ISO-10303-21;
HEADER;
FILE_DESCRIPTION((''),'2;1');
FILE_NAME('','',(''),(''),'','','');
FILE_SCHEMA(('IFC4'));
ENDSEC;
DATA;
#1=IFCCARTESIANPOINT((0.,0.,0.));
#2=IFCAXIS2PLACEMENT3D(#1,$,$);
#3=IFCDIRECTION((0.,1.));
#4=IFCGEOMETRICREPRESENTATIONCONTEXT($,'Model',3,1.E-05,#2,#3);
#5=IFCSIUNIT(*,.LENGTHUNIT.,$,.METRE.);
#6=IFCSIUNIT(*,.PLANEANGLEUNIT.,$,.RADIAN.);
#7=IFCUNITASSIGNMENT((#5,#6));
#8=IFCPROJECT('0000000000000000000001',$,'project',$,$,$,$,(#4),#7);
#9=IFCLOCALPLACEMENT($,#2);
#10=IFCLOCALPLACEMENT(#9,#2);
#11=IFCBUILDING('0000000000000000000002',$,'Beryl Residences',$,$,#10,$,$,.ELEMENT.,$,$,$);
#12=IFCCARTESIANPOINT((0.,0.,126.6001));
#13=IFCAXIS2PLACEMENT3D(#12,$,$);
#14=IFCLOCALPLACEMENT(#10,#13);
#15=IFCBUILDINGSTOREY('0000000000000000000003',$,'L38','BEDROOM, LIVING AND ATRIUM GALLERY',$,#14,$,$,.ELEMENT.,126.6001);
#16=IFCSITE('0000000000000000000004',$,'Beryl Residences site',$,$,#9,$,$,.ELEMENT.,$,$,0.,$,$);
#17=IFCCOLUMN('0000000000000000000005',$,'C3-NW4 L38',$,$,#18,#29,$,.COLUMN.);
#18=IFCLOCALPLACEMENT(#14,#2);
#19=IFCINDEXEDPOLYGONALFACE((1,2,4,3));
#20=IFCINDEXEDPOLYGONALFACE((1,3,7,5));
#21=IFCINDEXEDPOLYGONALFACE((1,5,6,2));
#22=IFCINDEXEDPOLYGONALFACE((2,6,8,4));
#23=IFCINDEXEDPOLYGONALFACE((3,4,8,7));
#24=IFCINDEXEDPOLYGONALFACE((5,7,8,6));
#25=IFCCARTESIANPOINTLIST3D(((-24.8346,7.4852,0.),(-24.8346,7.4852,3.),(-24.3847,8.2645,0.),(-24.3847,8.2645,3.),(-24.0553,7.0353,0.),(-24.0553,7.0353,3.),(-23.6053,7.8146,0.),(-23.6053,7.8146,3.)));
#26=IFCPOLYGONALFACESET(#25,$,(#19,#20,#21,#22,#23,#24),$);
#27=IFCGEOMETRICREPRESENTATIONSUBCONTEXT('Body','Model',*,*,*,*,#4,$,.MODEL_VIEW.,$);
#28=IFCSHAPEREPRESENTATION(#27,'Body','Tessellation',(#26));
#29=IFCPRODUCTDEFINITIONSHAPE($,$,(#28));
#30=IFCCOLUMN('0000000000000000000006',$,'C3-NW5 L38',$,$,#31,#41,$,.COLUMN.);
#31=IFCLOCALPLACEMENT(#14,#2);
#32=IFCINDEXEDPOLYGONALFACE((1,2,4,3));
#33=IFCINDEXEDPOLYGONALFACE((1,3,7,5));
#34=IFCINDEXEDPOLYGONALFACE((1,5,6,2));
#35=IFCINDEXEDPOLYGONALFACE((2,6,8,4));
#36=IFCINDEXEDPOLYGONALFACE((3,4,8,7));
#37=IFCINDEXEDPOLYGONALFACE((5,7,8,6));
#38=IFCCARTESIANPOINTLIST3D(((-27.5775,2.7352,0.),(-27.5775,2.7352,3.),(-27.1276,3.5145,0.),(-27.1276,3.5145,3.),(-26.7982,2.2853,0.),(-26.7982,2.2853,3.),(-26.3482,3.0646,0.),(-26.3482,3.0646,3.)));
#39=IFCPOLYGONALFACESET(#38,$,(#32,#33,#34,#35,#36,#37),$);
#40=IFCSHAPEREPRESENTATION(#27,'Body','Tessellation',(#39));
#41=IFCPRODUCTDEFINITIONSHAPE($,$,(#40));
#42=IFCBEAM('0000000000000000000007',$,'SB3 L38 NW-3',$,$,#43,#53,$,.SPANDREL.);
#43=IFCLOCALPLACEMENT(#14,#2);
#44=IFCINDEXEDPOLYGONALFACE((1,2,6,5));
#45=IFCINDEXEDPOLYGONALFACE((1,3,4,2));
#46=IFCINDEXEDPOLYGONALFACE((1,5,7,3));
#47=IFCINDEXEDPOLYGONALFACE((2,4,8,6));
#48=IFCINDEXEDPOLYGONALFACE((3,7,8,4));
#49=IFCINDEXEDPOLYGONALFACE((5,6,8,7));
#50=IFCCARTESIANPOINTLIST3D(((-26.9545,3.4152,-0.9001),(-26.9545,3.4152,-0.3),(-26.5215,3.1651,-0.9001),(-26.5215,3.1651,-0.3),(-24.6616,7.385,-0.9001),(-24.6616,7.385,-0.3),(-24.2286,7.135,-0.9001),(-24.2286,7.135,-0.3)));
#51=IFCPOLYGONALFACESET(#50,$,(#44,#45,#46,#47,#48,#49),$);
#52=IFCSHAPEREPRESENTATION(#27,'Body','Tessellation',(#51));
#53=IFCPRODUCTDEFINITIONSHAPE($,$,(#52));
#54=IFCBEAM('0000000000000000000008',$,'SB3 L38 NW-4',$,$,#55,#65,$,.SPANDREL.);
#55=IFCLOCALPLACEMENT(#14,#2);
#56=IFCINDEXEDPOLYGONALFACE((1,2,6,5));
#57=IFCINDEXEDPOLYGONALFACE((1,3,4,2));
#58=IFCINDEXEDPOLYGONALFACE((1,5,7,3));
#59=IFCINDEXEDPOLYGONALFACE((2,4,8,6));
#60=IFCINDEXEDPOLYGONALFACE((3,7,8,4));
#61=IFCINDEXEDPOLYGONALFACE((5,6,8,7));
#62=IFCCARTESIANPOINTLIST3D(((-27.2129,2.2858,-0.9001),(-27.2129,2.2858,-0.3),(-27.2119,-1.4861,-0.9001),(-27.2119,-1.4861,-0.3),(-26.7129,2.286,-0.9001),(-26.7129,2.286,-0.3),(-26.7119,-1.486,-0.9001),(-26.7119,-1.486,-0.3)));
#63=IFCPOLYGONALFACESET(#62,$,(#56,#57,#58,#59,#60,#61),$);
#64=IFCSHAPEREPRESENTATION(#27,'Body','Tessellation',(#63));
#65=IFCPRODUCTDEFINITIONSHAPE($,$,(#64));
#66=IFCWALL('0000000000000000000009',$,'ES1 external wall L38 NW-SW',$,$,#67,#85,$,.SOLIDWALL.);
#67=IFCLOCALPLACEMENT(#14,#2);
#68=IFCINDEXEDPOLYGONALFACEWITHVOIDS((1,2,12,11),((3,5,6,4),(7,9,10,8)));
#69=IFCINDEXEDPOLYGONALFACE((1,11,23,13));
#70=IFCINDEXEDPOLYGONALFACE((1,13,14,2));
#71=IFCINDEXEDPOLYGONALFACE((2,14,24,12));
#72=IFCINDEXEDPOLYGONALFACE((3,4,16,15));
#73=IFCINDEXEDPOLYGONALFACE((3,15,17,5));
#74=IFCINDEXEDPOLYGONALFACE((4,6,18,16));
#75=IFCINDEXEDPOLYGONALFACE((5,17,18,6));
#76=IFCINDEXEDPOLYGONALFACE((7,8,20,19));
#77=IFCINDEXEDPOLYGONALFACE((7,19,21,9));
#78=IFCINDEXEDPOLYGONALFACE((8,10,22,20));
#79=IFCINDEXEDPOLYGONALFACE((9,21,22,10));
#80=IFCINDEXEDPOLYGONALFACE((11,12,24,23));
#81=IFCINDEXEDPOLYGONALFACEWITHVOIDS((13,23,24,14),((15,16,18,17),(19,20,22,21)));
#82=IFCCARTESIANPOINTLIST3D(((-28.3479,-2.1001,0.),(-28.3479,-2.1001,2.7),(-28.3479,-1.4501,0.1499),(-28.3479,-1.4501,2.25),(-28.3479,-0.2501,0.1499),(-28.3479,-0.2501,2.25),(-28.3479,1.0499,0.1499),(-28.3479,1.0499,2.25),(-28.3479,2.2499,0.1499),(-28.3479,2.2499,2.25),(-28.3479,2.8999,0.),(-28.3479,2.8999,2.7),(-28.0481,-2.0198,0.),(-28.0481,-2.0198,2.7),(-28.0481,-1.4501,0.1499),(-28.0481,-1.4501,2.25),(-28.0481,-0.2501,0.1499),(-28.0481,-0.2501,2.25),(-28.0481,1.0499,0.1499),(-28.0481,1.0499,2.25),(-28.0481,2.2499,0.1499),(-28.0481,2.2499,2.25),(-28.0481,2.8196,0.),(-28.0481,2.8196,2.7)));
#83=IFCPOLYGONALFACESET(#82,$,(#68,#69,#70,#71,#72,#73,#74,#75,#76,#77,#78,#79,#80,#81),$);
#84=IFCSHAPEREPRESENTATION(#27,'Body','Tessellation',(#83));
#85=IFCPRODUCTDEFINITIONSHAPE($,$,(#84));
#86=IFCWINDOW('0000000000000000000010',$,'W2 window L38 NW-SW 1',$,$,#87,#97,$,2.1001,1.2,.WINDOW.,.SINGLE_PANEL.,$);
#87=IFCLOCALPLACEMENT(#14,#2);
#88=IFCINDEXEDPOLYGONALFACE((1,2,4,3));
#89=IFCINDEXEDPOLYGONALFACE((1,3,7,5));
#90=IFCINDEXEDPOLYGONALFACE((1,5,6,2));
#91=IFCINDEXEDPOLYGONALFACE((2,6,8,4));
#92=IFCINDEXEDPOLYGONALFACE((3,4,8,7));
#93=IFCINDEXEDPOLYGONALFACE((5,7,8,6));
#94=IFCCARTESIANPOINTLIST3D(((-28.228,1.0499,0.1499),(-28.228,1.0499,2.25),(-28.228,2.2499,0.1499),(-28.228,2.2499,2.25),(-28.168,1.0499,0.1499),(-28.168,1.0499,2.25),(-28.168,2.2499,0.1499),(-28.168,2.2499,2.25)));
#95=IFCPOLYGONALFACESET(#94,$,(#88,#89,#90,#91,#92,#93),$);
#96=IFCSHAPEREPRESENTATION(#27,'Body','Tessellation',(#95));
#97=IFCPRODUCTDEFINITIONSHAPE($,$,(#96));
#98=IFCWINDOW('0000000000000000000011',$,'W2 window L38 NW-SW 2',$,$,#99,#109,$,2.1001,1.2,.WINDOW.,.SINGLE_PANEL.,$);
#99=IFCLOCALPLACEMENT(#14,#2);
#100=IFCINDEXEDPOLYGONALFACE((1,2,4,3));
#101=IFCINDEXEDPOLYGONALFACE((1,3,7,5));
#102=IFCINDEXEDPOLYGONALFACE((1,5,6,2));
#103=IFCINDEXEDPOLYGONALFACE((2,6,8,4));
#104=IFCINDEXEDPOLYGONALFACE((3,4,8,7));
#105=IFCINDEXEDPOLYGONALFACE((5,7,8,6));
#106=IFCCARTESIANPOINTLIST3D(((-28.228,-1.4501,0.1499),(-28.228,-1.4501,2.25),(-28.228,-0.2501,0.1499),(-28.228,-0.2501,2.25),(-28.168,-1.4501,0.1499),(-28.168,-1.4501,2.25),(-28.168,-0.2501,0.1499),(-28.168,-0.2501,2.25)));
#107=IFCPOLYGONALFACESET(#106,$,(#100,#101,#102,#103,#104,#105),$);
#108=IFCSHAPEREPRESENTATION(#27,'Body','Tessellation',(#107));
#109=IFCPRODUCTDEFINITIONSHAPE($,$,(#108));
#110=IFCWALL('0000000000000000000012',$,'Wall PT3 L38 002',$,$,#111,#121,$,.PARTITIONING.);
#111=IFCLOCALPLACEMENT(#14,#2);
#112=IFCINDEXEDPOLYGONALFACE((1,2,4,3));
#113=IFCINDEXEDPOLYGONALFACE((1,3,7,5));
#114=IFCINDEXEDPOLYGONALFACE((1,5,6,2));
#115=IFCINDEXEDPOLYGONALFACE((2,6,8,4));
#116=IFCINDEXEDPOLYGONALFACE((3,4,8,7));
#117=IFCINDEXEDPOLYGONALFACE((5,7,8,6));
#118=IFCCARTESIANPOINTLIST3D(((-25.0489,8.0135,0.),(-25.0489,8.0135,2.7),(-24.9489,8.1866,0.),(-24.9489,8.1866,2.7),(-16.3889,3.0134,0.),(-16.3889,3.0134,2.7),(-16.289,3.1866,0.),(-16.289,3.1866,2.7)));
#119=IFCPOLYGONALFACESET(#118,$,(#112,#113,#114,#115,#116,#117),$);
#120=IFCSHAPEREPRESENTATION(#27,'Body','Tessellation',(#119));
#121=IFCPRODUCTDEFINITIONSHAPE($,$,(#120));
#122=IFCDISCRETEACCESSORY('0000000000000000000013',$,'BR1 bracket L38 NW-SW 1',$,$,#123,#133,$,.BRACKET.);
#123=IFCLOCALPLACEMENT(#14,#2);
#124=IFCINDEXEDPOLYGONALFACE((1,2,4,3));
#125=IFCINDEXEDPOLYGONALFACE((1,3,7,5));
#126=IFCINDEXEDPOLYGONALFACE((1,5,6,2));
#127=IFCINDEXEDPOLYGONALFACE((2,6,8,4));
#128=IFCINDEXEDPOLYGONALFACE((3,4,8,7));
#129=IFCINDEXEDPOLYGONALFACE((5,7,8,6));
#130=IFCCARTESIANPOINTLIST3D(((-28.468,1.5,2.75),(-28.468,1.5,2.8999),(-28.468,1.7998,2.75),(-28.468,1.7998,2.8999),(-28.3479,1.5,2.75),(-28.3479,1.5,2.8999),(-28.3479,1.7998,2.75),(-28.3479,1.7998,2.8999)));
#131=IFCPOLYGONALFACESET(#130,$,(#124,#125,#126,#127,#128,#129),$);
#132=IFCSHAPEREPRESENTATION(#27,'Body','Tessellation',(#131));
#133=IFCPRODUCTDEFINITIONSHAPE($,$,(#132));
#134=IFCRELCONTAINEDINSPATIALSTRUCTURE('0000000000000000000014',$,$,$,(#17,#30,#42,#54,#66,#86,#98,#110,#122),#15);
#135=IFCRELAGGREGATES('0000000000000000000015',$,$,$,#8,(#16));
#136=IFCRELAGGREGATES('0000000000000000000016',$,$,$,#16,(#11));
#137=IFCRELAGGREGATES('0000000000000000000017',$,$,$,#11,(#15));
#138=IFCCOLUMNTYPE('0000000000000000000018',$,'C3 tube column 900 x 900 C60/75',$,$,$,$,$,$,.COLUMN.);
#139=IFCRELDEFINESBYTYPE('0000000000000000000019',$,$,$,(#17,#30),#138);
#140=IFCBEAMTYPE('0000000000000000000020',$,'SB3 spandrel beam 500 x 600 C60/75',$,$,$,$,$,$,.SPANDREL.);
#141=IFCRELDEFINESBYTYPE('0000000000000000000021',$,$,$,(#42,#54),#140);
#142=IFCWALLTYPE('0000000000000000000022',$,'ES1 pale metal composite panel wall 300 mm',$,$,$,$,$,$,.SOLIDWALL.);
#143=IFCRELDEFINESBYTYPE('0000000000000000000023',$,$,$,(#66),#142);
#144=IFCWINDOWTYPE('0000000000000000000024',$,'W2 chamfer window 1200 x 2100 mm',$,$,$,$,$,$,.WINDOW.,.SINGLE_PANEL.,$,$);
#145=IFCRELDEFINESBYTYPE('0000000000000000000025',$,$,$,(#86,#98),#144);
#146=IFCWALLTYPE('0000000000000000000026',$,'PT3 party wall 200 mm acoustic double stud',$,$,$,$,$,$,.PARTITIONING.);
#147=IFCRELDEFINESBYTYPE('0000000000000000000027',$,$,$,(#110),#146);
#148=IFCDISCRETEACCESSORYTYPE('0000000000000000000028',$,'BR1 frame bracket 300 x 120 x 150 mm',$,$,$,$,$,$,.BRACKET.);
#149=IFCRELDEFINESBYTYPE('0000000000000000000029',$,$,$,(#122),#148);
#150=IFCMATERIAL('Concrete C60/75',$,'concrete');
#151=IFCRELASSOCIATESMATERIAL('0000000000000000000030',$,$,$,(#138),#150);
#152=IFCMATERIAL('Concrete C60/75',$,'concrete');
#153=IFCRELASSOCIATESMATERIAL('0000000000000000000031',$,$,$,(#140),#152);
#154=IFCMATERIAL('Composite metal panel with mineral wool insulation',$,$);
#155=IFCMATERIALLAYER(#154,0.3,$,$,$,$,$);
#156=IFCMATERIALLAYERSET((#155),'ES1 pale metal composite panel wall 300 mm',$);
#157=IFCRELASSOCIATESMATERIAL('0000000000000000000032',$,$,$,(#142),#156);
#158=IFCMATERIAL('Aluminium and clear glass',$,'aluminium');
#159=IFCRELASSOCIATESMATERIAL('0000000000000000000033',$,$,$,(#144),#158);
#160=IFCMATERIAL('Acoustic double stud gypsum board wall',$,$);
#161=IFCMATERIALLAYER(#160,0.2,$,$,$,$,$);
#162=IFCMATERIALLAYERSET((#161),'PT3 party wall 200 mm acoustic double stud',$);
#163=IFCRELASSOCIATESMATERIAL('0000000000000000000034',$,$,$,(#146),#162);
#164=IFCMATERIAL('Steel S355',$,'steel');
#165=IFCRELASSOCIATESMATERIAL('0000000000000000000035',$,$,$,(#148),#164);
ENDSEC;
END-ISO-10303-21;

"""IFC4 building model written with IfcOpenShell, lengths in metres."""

from ifc_helpers import new_model, si_unit, direction, frame, frame_2d, origin, origin_2d, place, context, subcontext, project, spatial, polyline, rectangle, outline, extrude, source, transform, mapped, material, layer, layer_set, material_profile, profile_set, type_object, type_shapes, element, fill, save


model = new_model("IFC4")

# Units and contexts
model_context = context("Model", 3, precision=1e-05, world=origin(), true_north=direction((0.0, 1.0)))
body_context = subcontext(model_context, "Body", "Model", "MODEL_VIEW")
ifc_project = project(units=[si_unit("LENGTHUNIT", "METRE"), si_unit("PLANEANGLEUNIT", "RADIAN")], contexts=[model_context])

# Site, building, storey
site_placement = place(None, origin())
site = spatial("IfcSite", under=ifc_project, at=site_placement, Name="Beryl Residences site", CompositionType="ELEMENT", RefElevation=0.0)
building_placement = place(site_placement, origin())
building = spatial("IfcBuilding", under=site, at=building_placement, Name="Beryl Residences", CompositionType="ELEMENT")
storey_placement = place(building_placement, frame((0.0, 0.0, 126.6001)))
storey = spatial("IfcBuildingStorey", under=building, at=storey_placement, Name="L38", Description="BEDROOM, LIVING AND ATRIUM GALLERY", CompositionType="ELEMENT", Elevation=126.6001)

# Columns
ifc_material_1 = material(Name="Concrete C60/75", Category="concrete")
ifc_material_profile_1 = material_profile(ifc_material_1, rectangle(XDim=0.8999, YDim=0.8999, at=origin_2d()))
ifc_profile_set_1 = profile_set([ifc_material_profile_1], Name="Concrete C60/75")
column_type = type_object("IfcColumnType", Name="C3 tube column 900 x 900 C60/75", PredefinedType="COLUMN", material=ifc_profile_set_1)
for number, where, z_axis, x_axis, name in (
    (1, (-24.22, 7.6499, 0.0), (0.0, 0.0, 1.0), (-0.5, -0.866025, 0.0), "C3-NW4 L38"),
    (2, (-26.9629, 2.8999, 0.0), (0.0, 0.0, 1.0), (-0.5, -0.866025, 0.0), "C3-NW5 L38"),
):
    element("IfcColumn", number, at=place(storey_placement, frame(where, z_axis=z_axis, x_axis=x_axis)), inside=storey, type_object=column_type, Name=name, PredefinedType="COLUMN", context=body_context, shape_type="SweptSolid", body=[
        extrude(rectangle(XDim=0.8999, YDim=0.8999, at=origin_2d()), origin(), (0.0, 0.0, 1.0), 3.0),
    ])

# Beams
ifc_material_2 = material(Name="Concrete C60/75", Category="concrete")
ifc_material_profile_2 = material_profile(ifc_material_2, rectangle(XDim=0.5, YDim=0.6001, at=origin_2d()))
ifc_profile_set_2 = profile_set([ifc_material_profile_2], Name="Concrete C60/75")
beam_type = type_object("IfcBeamType", Name="SB3 spandrel beam 500 x 600 C60/75", PredefinedType="SPANDREL", material=ifc_profile_set_2)
beam_1_placement = place(storey_placement, frame((-24.4451, 7.26, -0.6001), z_axis=(-0.500148, -0.86594, 0.0), x_axis=(0.86594, -0.500148, 0.0)))
element("IfcBeam", 3, at=beam_1_placement, inside=storey, type_object=beam_type, Name="SB3 L38 NW-3", PredefinedType="SPANDREL", context=body_context, shape_type="SweptSolid", body=[
    extrude(rectangle(XDim=0.5, YDim=0.6001, at=origin_2d()), origin(), (0.0, 0.0, 1.0), 4.5845),
])
beam_2_placement = place(storey_placement, frame((-26.9629, 2.2859, -0.6001), z_axis=(0.000259, -1.0, 0.0), x_axis=(1.0, 0.000259, 0.0)))
element("IfcBeam", 4, at=beam_2_placement, inside=storey, type_object=beam_type, Name="SB3 L38 NW-4", PredefinedType="SPANDREL", context=body_context, shape_type="SweptSolid", body=[
    extrude(rectangle(XDim=0.5, YDim=0.6001, at=origin_2d()), origin(), (0.0, 0.0, 1.0), 3.772),
])

# Wall, openings, windows
ifc_material_3 = material(Name="Composite metal panel with mineral wool insulation")
ifc_layer_1 = layer(ifc_material_3, 0.3)
ifc_layer_set_1 = layer_set([ifc_layer_1], Name="ES1 pale metal composite panel wall 300 mm")
wall_type_1 = type_object("IfcWallType", Name="ES1 pale metal composite panel wall 300 mm", PredefinedType="SOLIDWALL", material=ifc_layer_set_1)
wall_1_placement = place(storey_placement, frame((-28.198, 2.8999, 0.0), z_axis=(0.0, 0.0, 1.0), x_axis=(0.0, -1.0, 0.0)))
wall_1 = element("IfcWall", 5, at=wall_1_placement, inside=storey, type_object=wall_type_1, Name="ES1 external wall L38 NW-SW", PredefinedType="SOLIDWALL", context=body_context, shape_type="SweptSolid", body=[
    extrude(outline(polyline([(0.0, -0.1499), (5.0, -0.1499), (4.9197, 0.1499), (0.0803, 0.1499), (0.0, -0.1499)])), origin(), (0.0, 0.0, 1.0), 2.7),
])
opening_1_placement = place(wall_1_placement, frame((0.6499, 0.0, 0.1499)))
opening_1 = element("IfcOpeningElement", 6, at=opening_1_placement, cuts=wall_1, PredefinedType="OPENING", context=body_context, shape_type="SweptSolid", body=[
    extrude(rectangle(XDim=1.2, YDim=2.1001, at=frame_2d((0.6001, 1.05))), frame((0.0, 0.1599, 0.0), z_axis=(0.0, -1.0, 0.0), x_axis=(1.0, 0.0, 0.0)), (0.0, 0.0, 1.0), 0.3201),
])
opening_2_placement = place(wall_1_placement, frame((3.1499, 0.0, 0.1499)))
opening_2 = element("IfcOpeningElement", 7, at=opening_2_placement, cuts=wall_1, PredefinedType="OPENING", context=body_context, shape_type="SweptSolid", body=[
    extrude(rectangle(XDim=1.2, YDim=2.1001, at=frame_2d((0.6001, 1.05))), frame((0.0, 0.1599, 0.0), z_axis=(0.0, -1.0, 0.0), x_axis=(1.0, 0.0, 0.0)), (0.0, 0.0, 1.0), 0.3201),
])
ifc_material_4 = material(Name="Aluminium and clear glass", Category="aluminium")
window_type = type_object("IfcWindowType", Name="W2 chamfer window 1200 x 2100 mm", PartitioningType="SINGLE_PANEL", PredefinedType="WINDOW", material=ifc_material_4)
window_1_placement = place(opening_1_placement, origin())
window_1 = element("IfcWindow", 8, at=window_1_placement, inside=storey, type_object=window_type, Name="W2 window L38 NW-SW 1", OverallHeight=2.1001, OverallWidth=1.2, PartitioningType="SINGLE_PANEL", PredefinedType="WINDOW", context=body_context, shape_type="SweptSolid", body=[
    extrude(rectangle(XDim=1.2, YDim=2.1001, at=frame_2d((0.6001, 1.05))), frame((0.0, 0.03, 0.0), z_axis=(0.0, -1.0, 0.0), x_axis=(1.0, 0.0, 0.0)), (0.0, 0.0, 1.0), 0.0601),
])
fill(opening_1, window_1)
window_2_placement = place(opening_2_placement, origin())
window_2 = element("IfcWindow", 9, at=window_2_placement, inside=storey, type_object=window_type, Name="W2 window L38 NW-SW 2", OverallHeight=2.1001, OverallWidth=1.2, PartitioningType="SINGLE_PANEL", PredefinedType="WINDOW", context=body_context, shape_type="SweptSolid", body=[
    extrude(rectangle(XDim=1.2, YDim=2.1001, at=frame_2d((0.6001, 1.05))), frame((0.0, 0.03, 0.0), z_axis=(0.0, -1.0, 0.0), x_axis=(1.0, 0.0, 0.0)), (0.0, 0.0, 1.0), 0.0601),
])
fill(opening_2, window_2)

# Wall
ifc_material_5 = material(Name="Acoustic double stud gypsum board wall")
ifc_layer_2 = layer(ifc_material_5, 0.2)
ifc_layer_set_2 = layer_set([ifc_layer_2], Name="PT3 party wall 200 mm acoustic double stud")
wall_type_2 = type_object("IfcWallType", Name="PT3 party wall 200 mm acoustic double stud", PredefinedType="PARTITIONING", material=ifc_layer_set_2)
wall_2_placement = place(storey_placement, frame((-24.999, 8.1001, 0.0), z_axis=(0.0, 0.0, 1.0), x_axis=(0.866017, -0.500015, 0.0)))
element("IfcWall", 10, at=wall_2_placement, inside=storey, type_object=wall_type_2, Name="Wall PT3 L38 002", PredefinedType="PARTITIONING", context=body_context, shape_type="SweptSolid", body=[
    extrude(rectangle(XDim=9.9998, YDim=0.2, at=frame_2d((5.0, 0.0))), origin(), (0.0, 0.0, 1.0), 2.7),
])

# Discrete accessory
ifc_material_6 = material(Name="Steel S355", Category="steel")
discrete_accessory_type = type_object("IfcDiscreteAccessoryType", Name="BR1 frame bracket 300 x 120 x 150 mm", PredefinedType="BRACKET", material=ifc_material_6)
shared_shape_1 = source(origin(), body_context, "Body", "SweptSolid", [
    extrude(outline(polyline([(-0.1499, 0.0), (0.1499, 0.0), (0.1499, 0.1201), (-0.1499, 0.1201), (-0.1499, 0.0)])), origin(), (0.0, 0.0, 1.0), 0.1499),
])
type_shapes(discrete_accessory_type, [shared_shape_1])
discrete_accessory_placement = place(storey_placement, frame((-28.3479, 1.6499, 2.75), z_axis=(0.0, 0.0, 1.0), x_axis=(0.0, 1.0, 0.0)))
element("IfcDiscreteAccessory", 11, at=discrete_accessory_placement, inside=storey, type_object=discrete_accessory_type, Name="BR1 bracket L38 NW-SW 1", PredefinedType="BRACKET", context=body_context, shape_type="MappedRepresentation", body=[
    mapped(shared_shape_1, transform((0.0, 0.0, 0.0))),
])

save(model, "model.ifc")
